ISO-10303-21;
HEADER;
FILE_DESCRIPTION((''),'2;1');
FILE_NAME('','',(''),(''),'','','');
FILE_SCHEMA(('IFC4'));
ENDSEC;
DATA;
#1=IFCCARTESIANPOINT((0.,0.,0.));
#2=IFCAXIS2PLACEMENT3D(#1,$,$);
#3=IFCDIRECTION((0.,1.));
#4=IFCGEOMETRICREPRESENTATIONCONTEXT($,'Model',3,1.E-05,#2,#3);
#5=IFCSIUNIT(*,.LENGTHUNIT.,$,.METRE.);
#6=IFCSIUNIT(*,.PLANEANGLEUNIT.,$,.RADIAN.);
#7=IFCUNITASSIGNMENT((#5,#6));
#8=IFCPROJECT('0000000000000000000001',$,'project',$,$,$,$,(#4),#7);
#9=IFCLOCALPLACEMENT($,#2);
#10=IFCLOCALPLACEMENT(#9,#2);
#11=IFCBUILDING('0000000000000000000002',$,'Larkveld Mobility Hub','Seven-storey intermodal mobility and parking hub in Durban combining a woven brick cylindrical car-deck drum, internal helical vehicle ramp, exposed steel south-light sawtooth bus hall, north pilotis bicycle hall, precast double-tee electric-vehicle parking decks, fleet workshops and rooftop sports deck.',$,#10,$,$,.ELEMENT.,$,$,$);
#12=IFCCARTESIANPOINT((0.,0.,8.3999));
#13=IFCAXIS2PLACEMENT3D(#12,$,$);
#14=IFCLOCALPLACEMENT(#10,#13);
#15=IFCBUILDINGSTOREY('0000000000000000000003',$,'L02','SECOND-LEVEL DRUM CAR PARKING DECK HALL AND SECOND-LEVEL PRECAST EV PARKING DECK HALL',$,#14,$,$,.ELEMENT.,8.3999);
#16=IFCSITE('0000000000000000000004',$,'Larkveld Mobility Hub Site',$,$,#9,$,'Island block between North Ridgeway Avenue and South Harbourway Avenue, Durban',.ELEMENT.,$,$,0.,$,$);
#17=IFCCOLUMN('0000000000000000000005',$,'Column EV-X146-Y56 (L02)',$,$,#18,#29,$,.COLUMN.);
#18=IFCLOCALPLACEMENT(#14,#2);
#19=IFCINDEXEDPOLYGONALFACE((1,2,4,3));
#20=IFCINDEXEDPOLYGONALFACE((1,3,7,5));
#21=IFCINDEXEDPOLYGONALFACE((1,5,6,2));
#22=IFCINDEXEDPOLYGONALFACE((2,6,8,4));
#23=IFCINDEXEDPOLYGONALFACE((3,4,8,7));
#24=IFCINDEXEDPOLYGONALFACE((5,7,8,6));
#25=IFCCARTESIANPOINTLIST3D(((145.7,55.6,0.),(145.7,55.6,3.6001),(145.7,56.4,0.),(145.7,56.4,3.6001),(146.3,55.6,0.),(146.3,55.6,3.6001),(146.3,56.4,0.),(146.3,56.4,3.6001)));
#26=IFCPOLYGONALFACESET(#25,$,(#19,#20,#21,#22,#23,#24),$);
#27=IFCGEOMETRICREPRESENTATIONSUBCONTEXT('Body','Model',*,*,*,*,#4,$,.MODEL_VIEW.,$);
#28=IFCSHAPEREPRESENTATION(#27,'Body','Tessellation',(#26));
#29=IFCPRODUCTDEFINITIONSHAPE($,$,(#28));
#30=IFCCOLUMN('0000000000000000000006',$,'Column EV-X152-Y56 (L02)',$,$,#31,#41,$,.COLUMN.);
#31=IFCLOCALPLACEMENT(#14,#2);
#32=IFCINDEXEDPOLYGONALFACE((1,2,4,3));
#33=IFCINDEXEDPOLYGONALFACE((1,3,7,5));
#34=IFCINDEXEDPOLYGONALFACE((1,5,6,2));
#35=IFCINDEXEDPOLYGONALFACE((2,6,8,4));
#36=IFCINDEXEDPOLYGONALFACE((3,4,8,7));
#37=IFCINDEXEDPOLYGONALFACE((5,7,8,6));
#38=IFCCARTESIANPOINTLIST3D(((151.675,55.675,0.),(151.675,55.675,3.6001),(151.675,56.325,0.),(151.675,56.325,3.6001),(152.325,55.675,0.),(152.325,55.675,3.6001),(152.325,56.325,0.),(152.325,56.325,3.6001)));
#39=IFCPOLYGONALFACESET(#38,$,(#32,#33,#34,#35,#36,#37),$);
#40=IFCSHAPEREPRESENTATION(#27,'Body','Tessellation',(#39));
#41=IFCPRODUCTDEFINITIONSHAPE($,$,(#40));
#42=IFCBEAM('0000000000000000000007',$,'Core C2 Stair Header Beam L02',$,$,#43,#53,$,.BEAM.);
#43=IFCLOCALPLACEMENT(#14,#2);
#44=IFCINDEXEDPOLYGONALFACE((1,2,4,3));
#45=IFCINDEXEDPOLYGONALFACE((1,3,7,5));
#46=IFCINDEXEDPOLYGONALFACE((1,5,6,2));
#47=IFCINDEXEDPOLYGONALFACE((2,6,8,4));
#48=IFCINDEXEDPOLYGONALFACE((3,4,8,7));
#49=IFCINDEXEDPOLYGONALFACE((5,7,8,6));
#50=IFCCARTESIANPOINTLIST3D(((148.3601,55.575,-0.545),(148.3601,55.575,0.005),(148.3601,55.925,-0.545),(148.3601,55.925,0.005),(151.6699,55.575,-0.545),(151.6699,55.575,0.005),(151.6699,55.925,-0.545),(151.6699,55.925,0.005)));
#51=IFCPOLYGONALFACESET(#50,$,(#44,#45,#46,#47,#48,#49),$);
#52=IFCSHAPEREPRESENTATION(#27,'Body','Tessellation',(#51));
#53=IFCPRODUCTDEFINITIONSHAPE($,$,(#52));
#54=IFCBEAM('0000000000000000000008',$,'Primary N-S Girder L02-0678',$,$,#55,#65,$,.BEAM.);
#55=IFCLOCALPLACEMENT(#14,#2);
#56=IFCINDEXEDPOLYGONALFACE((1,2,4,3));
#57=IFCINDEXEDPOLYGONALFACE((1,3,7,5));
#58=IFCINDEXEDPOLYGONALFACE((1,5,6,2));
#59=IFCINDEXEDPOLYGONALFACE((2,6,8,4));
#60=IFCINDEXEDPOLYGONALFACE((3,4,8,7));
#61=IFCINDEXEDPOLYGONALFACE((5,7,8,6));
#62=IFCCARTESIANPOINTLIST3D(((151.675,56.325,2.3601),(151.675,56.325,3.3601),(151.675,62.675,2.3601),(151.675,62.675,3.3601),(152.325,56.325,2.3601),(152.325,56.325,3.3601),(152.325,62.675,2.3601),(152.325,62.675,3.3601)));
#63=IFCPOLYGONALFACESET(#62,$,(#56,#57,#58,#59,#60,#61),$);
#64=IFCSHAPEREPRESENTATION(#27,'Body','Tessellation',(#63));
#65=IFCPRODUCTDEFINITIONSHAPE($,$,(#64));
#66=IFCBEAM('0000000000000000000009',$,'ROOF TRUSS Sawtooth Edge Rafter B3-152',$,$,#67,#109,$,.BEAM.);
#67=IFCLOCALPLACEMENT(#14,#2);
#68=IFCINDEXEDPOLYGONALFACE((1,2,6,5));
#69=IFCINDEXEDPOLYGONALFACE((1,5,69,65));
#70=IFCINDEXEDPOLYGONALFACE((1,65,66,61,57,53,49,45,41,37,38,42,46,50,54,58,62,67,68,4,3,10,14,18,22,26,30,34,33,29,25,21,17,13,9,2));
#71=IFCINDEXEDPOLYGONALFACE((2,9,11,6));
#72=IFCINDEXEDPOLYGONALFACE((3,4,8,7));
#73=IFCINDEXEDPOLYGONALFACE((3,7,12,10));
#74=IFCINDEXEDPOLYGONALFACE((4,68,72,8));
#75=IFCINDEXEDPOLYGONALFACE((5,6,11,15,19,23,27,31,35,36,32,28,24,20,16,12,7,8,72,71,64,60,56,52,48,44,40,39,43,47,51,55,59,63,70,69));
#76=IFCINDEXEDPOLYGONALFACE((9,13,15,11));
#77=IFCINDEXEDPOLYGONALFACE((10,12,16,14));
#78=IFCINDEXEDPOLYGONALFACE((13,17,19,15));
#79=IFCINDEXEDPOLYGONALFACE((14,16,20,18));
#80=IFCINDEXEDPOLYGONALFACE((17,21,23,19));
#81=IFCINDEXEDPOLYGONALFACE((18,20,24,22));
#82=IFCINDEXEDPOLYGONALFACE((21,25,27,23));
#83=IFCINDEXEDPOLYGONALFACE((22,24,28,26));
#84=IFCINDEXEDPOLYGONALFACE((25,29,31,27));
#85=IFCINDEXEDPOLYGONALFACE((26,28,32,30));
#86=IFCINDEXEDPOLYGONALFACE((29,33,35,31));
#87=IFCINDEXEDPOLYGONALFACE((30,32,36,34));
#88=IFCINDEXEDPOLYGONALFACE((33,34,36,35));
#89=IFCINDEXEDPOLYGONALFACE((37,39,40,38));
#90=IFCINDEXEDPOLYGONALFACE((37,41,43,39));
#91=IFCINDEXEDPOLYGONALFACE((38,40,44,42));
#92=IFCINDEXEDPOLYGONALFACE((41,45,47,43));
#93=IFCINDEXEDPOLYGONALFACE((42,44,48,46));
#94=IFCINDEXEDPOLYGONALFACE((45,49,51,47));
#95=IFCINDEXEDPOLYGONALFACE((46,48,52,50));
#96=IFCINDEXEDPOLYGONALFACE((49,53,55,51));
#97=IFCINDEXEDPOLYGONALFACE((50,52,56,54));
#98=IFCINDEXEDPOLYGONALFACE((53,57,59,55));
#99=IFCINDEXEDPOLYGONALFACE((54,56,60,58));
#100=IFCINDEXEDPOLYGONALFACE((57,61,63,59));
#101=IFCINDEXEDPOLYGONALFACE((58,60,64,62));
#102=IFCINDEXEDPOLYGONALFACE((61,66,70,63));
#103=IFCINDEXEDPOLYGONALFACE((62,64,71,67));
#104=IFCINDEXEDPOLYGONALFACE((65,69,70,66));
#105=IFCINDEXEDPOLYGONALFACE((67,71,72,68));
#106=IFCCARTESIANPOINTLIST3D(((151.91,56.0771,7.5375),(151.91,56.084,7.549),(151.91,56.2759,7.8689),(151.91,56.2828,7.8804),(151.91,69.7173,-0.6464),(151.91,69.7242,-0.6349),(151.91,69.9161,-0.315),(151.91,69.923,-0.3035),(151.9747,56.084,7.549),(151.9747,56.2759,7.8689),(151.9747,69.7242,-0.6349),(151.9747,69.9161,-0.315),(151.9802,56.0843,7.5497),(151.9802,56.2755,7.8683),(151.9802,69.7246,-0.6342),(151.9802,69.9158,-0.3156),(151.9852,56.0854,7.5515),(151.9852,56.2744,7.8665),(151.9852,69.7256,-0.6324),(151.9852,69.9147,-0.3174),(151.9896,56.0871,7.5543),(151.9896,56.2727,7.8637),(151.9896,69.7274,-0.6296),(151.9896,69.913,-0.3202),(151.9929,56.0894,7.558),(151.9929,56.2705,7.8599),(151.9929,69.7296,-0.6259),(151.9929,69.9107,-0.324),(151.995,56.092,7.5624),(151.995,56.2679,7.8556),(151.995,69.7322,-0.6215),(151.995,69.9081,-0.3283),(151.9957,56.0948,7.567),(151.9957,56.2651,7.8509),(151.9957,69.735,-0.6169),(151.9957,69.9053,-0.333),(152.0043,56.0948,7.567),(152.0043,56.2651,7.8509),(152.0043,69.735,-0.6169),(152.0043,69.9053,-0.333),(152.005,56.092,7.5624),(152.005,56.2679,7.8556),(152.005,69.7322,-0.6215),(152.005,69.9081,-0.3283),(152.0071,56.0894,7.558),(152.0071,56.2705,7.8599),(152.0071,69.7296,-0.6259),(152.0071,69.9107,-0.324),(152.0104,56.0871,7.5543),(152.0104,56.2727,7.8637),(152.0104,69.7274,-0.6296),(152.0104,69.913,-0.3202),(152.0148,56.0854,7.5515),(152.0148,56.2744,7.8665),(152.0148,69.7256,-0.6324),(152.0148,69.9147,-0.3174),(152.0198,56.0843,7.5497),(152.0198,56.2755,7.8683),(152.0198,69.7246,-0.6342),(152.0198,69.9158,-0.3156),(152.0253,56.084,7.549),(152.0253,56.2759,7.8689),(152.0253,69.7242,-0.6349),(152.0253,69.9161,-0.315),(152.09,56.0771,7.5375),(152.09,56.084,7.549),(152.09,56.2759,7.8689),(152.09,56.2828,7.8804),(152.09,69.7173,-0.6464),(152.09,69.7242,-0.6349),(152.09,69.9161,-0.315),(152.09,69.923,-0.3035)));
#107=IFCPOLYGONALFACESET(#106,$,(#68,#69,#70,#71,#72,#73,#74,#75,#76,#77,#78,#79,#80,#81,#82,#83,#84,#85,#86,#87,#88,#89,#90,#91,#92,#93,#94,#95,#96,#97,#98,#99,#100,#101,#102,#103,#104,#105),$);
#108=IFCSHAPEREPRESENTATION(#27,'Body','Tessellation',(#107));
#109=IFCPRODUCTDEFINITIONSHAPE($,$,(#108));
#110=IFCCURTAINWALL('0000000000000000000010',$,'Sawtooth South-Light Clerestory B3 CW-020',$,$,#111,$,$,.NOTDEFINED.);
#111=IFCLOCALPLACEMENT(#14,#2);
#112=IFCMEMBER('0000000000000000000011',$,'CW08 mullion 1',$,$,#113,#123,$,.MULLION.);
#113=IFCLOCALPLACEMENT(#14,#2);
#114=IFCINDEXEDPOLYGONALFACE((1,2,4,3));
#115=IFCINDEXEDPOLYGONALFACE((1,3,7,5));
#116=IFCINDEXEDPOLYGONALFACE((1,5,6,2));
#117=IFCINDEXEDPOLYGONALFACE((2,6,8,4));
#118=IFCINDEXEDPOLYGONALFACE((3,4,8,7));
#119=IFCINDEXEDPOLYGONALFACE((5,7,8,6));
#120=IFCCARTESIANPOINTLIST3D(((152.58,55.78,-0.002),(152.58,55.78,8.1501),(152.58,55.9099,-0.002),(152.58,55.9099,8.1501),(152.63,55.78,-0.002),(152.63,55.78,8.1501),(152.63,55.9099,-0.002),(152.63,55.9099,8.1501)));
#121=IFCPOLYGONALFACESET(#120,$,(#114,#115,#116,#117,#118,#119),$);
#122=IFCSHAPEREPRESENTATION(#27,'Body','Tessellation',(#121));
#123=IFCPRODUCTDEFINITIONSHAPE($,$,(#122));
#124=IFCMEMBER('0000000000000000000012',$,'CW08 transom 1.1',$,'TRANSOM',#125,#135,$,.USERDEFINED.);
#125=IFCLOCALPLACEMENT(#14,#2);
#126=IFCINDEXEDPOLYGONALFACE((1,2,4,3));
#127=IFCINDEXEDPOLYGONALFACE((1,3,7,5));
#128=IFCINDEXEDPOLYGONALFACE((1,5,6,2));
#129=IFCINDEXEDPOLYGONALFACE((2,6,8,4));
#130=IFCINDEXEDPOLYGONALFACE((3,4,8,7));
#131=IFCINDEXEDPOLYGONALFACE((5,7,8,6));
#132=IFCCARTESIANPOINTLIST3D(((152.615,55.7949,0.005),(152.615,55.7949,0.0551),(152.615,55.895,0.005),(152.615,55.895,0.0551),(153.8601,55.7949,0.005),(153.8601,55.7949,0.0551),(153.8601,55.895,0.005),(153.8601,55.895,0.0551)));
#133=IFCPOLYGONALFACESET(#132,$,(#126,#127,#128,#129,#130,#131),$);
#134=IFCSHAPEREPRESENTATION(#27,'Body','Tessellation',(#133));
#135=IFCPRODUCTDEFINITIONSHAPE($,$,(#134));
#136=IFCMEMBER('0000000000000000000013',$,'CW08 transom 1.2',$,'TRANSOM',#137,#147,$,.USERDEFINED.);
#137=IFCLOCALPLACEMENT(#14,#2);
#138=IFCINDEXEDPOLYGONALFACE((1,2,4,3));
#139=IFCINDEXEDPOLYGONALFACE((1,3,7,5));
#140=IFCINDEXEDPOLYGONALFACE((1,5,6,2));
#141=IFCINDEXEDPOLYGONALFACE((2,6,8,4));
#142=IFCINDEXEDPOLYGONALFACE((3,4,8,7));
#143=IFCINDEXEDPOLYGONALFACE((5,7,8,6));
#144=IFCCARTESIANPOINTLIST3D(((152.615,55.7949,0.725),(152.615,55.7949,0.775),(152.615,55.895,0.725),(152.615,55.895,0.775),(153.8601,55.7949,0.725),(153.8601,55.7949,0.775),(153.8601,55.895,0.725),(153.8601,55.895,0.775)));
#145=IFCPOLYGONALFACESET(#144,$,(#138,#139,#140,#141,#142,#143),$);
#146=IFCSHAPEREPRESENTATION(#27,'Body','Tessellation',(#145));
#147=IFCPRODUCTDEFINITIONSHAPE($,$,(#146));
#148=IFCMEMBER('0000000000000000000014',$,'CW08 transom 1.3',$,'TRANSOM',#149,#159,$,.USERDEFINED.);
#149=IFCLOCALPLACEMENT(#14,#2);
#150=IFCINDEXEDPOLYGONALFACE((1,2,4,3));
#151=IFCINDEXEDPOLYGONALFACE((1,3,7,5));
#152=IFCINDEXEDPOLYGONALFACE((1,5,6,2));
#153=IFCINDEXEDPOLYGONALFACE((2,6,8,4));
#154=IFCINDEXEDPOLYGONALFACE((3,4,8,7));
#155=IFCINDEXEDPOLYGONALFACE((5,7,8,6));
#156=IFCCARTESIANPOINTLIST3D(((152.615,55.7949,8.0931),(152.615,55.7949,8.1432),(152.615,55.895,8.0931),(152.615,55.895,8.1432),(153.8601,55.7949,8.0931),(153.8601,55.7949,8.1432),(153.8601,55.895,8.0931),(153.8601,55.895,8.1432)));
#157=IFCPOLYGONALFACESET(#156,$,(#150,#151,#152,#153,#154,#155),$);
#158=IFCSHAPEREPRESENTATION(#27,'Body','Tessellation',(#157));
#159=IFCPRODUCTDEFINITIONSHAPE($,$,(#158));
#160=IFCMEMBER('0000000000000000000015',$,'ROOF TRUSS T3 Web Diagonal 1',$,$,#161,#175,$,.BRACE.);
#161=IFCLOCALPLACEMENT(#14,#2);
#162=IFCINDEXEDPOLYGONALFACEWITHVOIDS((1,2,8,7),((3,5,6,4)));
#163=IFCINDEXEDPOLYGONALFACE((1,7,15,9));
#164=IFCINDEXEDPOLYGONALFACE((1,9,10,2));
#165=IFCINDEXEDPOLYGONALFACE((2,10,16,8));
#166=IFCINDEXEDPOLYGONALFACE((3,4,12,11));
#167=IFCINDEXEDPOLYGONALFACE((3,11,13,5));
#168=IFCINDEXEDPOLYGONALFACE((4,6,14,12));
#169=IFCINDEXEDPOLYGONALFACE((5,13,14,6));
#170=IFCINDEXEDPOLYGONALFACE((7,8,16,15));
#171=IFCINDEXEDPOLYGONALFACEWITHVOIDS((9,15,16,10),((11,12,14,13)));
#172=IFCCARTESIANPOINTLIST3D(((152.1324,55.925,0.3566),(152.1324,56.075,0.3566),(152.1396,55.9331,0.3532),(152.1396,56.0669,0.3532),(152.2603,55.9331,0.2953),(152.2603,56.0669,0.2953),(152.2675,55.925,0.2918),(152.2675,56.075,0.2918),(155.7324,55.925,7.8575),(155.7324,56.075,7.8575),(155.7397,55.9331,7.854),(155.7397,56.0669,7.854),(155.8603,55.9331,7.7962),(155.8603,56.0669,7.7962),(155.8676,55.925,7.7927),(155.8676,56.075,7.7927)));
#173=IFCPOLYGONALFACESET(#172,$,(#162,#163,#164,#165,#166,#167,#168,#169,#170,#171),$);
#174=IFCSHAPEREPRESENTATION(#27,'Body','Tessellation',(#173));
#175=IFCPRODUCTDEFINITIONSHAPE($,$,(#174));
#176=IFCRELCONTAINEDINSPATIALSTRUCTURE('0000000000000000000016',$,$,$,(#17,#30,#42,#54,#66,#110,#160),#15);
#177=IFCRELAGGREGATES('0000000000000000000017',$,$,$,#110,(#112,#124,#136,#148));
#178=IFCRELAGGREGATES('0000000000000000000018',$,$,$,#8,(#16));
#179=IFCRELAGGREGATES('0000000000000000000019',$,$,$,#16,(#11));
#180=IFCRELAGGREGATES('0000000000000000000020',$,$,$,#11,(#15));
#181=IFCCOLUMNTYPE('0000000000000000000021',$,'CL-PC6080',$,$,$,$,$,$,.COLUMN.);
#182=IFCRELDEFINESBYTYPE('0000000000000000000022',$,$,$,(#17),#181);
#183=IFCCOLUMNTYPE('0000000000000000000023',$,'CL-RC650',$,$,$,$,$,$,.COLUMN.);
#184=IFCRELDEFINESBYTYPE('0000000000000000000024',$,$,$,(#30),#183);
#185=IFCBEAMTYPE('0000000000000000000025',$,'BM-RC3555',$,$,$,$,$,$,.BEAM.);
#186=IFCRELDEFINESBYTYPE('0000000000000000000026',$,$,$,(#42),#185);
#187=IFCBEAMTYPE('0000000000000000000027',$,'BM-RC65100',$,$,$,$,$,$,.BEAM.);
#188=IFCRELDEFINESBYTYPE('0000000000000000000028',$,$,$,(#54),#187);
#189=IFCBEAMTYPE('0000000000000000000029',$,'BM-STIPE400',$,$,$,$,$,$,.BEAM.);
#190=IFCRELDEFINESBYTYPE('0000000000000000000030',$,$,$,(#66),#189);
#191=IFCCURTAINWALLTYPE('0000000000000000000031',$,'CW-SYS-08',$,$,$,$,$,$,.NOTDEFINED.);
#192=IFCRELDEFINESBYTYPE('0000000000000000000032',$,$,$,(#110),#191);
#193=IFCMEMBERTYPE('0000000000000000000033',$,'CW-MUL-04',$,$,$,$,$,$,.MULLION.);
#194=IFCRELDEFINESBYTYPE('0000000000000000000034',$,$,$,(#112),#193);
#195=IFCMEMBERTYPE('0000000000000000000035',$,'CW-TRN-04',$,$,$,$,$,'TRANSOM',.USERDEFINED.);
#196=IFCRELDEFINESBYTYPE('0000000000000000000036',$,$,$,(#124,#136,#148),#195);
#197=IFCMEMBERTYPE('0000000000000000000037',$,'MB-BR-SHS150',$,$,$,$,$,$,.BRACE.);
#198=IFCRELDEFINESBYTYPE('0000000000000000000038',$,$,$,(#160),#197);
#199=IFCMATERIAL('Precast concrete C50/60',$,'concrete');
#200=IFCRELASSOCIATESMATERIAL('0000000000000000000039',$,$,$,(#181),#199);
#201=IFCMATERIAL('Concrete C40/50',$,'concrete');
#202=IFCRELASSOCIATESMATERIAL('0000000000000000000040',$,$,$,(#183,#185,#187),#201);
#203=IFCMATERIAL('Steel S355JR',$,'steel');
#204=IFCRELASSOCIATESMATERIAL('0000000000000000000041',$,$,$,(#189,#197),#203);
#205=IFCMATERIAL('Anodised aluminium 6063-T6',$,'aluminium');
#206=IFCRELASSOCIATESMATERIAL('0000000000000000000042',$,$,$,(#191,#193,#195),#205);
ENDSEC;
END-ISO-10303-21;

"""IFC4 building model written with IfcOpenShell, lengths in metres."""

from ifc_helpers import new_model, si_unit, direction, frame, origin, origin_2d, place, context, subcontext, project, spatial, rectangle, hollow_rectangle, i_section, extrude, material, material_profile, profile_set, type_object, element, aggregate, save


model = new_model("IFC4")

# Units and contexts
model_context = context("Model", 3, precision=1e-05, world=origin(), true_north=direction((0.0, 1.0)))
body_context = subcontext(model_context, "Body", "Model", "MODEL_VIEW")
ifc_project = project(units=[si_unit("LENGTHUNIT", "METRE"), si_unit("PLANEANGLEUNIT", "RADIAN")], contexts=[model_context])

# Site, building, storey
site_placement = place(None, origin())
site = spatial("IfcSite", under=ifc_project, at=site_placement, Name="Larkveld Mobility Hub Site", LongName="Island block between North Ridgeway Avenue and South Harbourway Avenue, Durban", CompositionType="ELEMENT", RefElevation=0.0)
building_placement = place(site_placement, origin())
building = spatial("IfcBuilding", under=site, at=building_placement, Name="Larkveld Mobility Hub", Description="Seven-storey intermodal mobility and parking hub in Durban combining a woven brick cylindrical car-deck drum, internal helical vehicle ramp, exposed steel south-light sawtooth bus hall, north pilotis bicycle hall, precast double-tee electric-vehicle parking decks, fleet workshops and rooftop sports deck.", CompositionType="ELEMENT")
storey_placement = place(building_placement, frame((0.0, 0.0, 8.3999)))
storey = spatial("IfcBuildingStorey", under=building, at=storey_placement, Name="L02", Description="SECOND-LEVEL DRUM CAR PARKING DECK HALL AND SECOND-LEVEL PRECAST EV PARKING DECK HALL", CompositionType="ELEMENT", Elevation=8.3999)

# Columns
ifc_material_1 = material(Name="Precast concrete C50/60", Category="concrete")
ifc_material_profile_1 = material_profile(ifc_material_1, rectangle(XDim=0.6001, YDim=0.8, at=origin_2d()), Name="RC COL 600x800")
ifc_profile_set_1 = profile_set([ifc_material_profile_1], Name="Precast concrete C50/60")
column_type_1 = type_object("IfcColumnType", Name="CL-PC6080", PredefinedType="COLUMN", material=ifc_profile_set_1)
column_1_placement = place(storey_placement, frame((146.0, 56.0, 0.0), z_axis=(0.0, 0.0, 1.0), x_axis=(1.0, 0.0, 0.0)))
element("IfcColumn", 1, at=column_1_placement, inside=storey, type_object=column_type_1, Name="Column EV-X146-Y56 (L02)", PredefinedType="COLUMN", context=body_context, shape_type="SweptSolid", body=[
    extrude(rectangle(XDim=0.6001, YDim=0.8, at=origin_2d()), origin(), (0.0, 0.0, 1.0), 3.6001),
])
ifc_material_2 = material(Name="Concrete C40/50", Category="concrete")
ifc_material_profile_2 = material_profile(ifc_material_2, rectangle(XDim=0.6499, YDim=0.6499, at=origin_2d()), Name="RC COL 650x650")
ifc_profile_set_2 = profile_set([ifc_material_profile_2], Name="Concrete C40/50")
column_type_2 = type_object("IfcColumnType", Name="CL-RC650", PredefinedType="COLUMN", material=ifc_profile_set_2)
column_2_placement = place(storey_placement, frame((152.0, 56.0, 0.0), z_axis=(0.0, 0.0, 1.0), x_axis=(1.0, 0.0, 0.0)))
element("IfcColumn", 2, at=column_2_placement, inside=storey, type_object=column_type_2, Name="Column EV-X152-Y56 (L02)", PredefinedType="COLUMN", context=body_context, shape_type="SweptSolid", body=[
    extrude(rectangle(XDim=0.6499, YDim=0.6499, at=origin_2d()), origin(), (0.0, 0.0, 1.0), 3.6001),
])

# Beams
ifc_material_profile_3 = material_profile(ifc_material_2, rectangle(XDim=0.3501, YDim=0.55, at=origin_2d()), Name="RC BM 350x550")
ifc_profile_set_3 = profile_set([ifc_material_profile_3], Name="Concrete C40/50")
beam_type_1 = type_object("IfcBeamType", Name="BM-RC3555", PredefinedType="BEAM", material=ifc_profile_set_3)
beam_1_placement = place(storey_placement, frame((148.3601, 55.75, -0.27), z_axis=(1.0, 0.0, 0.0), x_axis=(0.0, 1.0, 0.0)))
element("IfcBeam", 3, at=beam_1_placement, inside=storey, type_object=beam_type_1, Name="Core C2 Stair Header Beam L02", PredefinedType="BEAM", context=body_context, shape_type="SweptSolid", body=[
    extrude(rectangle(XDim=0.3501, YDim=0.55, at=origin_2d()), origin(), (0.0, 0.0, 1.0), 3.3098),
])
ifc_material_profile_4 = material_profile(ifc_material_2, rectangle(XDim=0.6499, YDim=1.0, at=origin_2d()), Name="RC BM 650x1000")
ifc_profile_set_4 = profile_set([ifc_material_profile_4], Name="Concrete C40/50")
beam_type_2 = type_object("IfcBeamType", Name="BM-RC65100", PredefinedType="BEAM", material=ifc_profile_set_4)
beam_2_placement = place(storey_placement, frame((152.0, 56.325, 2.8601), z_axis=(0.0, 1.0, 0.0), x_axis=(-1.0, 0.0, 0.0)))
element("IfcBeam", 4, at=beam_2_placement, inside=storey, type_object=beam_type_2, Name="Primary N-S Girder L02-0678", PredefinedType="BEAM", context=body_context, shape_type="SweptSolid", body=[
    extrude(rectangle(XDim=0.6499, YDim=1.0, at=origin_2d()), origin(), (0.0, 0.0, 1.0), 6.3501),
])
ifc_material_3 = material(Name="Steel S355JR", Category="steel")
ifc_material_profile_5 = material_profile(ifc_material_3, i_section(OverallWidth=0.1799, OverallDepth=0.3999, WebThickness=0.0085, FlangeThickness=0.0134, FilletRadius=0.021, at=origin_2d()), Name="IPE 400")
ifc_profile_set_5 = profile_set([ifc_material_profile_5], Name="Steel S355JR")
beam_type_3 = type_object("IfcBeamType", Name="BM-STIPE400", PredefinedType="BEAM", material=ifc_profile_set_5)
beam_3_placement = place(storey_placement, frame((152.0, 56.1799, 7.709), z_axis=(0.0, 0.8575, -0.514484), x_axis=(-1.0, 0.0, 0.0)))
element("IfcBeam", 5, at=beam_3_placement, inside=storey, type_object=beam_type_3, Name="ROOF TRUSS Sawtooth Edge Rafter B3-152", PredefinedType="BEAM", context=body_context, shape_type="SweptSolid", body=[
    extrude(i_section(OverallWidth=0.1799, OverallDepth=0.3999, WebThickness=0.0085, FlangeThickness=0.0134, FilletRadius=0.021, at=origin_2d()), origin(), (0.0, 0.0, 1.0), 15.907),
])

# Curtain wall, members
ifc_material_4 = material(Name="Anodised aluminium 6063-T6", Category="aluminium")
curtain_wall_type = type_object("IfcCurtainWallType", Name="CW-SYS-08", PredefinedType="NOTDEFINED", material=ifc_material_4)
curtain_wall_placement = place(storey_placement, origin())
curtain_wall = element("IfcCurtainWall", 6, at=curtain_wall_placement, inside=storey, type_object=curtain_wall_type, Name="Sawtooth South-Light Clerestory B3 CW-020", PredefinedType="NOTDEFINED")
ifc_material_profile_6 = material_profile(ifc_material_4, rectangle(XDim=0.05, YDim=0.1299, at=origin_2d()), Name="ALU MULL 50x130")
ifc_profile_set_6 = profile_set([ifc_material_profile_6], Name="Anodised aluminium 6063-T6")
member_type_1 = type_object("IfcMemberType", Name="CW-MUL-04", PredefinedType="MULLION", material=ifc_profile_set_6)
member_1_placement = place(storey_placement, frame((152.605, 55.845, -0.002), z_axis=(0.0, 0.0, 1.0), x_axis=(1.0, 0.0, 0.0)))
member_1 = element("IfcMember", 7, at=member_1_placement, type_object=member_type_1, Name="CW08 mullion 1", PredefinedType="MULLION", context=body_context, shape_type="SweptSolid", body=[
    extrude(rectangle(XDim=0.05, YDim=0.1299, at=origin_2d()), origin(), (0.0, 0.0, 1.0), 8.1521),
])
ifc_material_profile_7 = material_profile(ifc_material_4, rectangle(XDim=0.1001, YDim=0.05, at=origin_2d()), Name="ALU TRAN 50x100")
ifc_profile_set_7 = profile_set([ifc_material_profile_7], Name="Anodised aluminium 6063-T6")
member_type_2 = type_object("IfcMemberType", Name="CW-TRN-04", ElementType="TRANSOM", PredefinedType="USERDEFINED", material=ifc_profile_set_7)
member_2_placement = place(storey_placement, frame((152.615, 55.845, 0.03), z_axis=(1.0, 0.0, 0.0), x_axis=(0.0, 1.0, 0.0)))
member_2 = element("IfcMember", 8, at=member_2_placement, type_object=member_type_2, Name="CW08 transom 1.1", ObjectType="TRANSOM", PredefinedType="USERDEFINED", context=body_context, shape_type="SweptSolid", body=[
    extrude(rectangle(XDim=0.1001, YDim=0.05, at=origin_2d()), origin(), (0.0, 0.0, 1.0), 1.2451),
])
member_3_placement = place(storey_placement, frame((152.615, 55.845, 0.75), z_axis=(1.0, 0.0, 0.0), x_axis=(0.0, 1.0, 0.0)))
member_3 = element("IfcMember", 9, at=member_3_placement, type_object=member_type_2, Name="CW08 transom 1.2", ObjectType="TRANSOM", PredefinedType="USERDEFINED", context=body_context, shape_type="SweptSolid", body=[
    extrude(rectangle(XDim=0.1001, YDim=0.05, at=origin_2d()), origin(), (0.0, 0.0, 1.0), 1.2451),
])
member_4_placement = place(storey_placement, frame((152.615, 55.845, 8.1182), z_axis=(1.0, 0.0, 0.0), x_axis=(0.0, 1.0, 0.0)))
member_4 = element("IfcMember", 10, at=member_4_placement, type_object=member_type_2, Name="CW08 transom 1.3", ObjectType="TRANSOM", PredefinedType="USERDEFINED", context=body_context, shape_type="SweptSolid", body=[
    extrude(rectangle(XDim=0.1001, YDim=0.05, at=origin_2d()), origin(), (0.0, 0.0, 1.0), 1.2451),
])
aggregate(curtain_wall, [member_1, member_2, member_3, member_4])

# Member
ifc_material_profile_8 = material_profile(ifc_material_3, hollow_rectangle(XDim=0.1499, YDim=0.1499, WallThickness=0.0081, at=origin_2d()), Name="SHS 150x150x8")
ifc_profile_set_8 = profile_set([ifc_material_profile_8], Name="Steel S355JR")
member_type_3 = type_object("IfcMemberType", Name="MB-BR-SHS150", PredefinedType="BRACE", material=ifc_profile_set_8)
member_5_placement = place(storey_placement, frame((152.2, 56.0, 0.3242), z_axis=(0.432695, 0.0, 0.90154), x_axis=(0.0, 1.0, 0.0)))
element("IfcMember", 11, at=member_5_placement, inside=storey, type_object=member_type_3, Name="ROOF TRUSS T3 Web Diagonal 1", PredefinedType="BRACE", context=body_context, shape_type="SweptSolid", body=[
    extrude(hollow_rectangle(XDim=0.1499, YDim=0.1499, WallThickness=0.0081, at=origin_2d()), origin(), (0.0, 0.0, 1.0), 8.3201),
])

save(model, "model.ifc")
